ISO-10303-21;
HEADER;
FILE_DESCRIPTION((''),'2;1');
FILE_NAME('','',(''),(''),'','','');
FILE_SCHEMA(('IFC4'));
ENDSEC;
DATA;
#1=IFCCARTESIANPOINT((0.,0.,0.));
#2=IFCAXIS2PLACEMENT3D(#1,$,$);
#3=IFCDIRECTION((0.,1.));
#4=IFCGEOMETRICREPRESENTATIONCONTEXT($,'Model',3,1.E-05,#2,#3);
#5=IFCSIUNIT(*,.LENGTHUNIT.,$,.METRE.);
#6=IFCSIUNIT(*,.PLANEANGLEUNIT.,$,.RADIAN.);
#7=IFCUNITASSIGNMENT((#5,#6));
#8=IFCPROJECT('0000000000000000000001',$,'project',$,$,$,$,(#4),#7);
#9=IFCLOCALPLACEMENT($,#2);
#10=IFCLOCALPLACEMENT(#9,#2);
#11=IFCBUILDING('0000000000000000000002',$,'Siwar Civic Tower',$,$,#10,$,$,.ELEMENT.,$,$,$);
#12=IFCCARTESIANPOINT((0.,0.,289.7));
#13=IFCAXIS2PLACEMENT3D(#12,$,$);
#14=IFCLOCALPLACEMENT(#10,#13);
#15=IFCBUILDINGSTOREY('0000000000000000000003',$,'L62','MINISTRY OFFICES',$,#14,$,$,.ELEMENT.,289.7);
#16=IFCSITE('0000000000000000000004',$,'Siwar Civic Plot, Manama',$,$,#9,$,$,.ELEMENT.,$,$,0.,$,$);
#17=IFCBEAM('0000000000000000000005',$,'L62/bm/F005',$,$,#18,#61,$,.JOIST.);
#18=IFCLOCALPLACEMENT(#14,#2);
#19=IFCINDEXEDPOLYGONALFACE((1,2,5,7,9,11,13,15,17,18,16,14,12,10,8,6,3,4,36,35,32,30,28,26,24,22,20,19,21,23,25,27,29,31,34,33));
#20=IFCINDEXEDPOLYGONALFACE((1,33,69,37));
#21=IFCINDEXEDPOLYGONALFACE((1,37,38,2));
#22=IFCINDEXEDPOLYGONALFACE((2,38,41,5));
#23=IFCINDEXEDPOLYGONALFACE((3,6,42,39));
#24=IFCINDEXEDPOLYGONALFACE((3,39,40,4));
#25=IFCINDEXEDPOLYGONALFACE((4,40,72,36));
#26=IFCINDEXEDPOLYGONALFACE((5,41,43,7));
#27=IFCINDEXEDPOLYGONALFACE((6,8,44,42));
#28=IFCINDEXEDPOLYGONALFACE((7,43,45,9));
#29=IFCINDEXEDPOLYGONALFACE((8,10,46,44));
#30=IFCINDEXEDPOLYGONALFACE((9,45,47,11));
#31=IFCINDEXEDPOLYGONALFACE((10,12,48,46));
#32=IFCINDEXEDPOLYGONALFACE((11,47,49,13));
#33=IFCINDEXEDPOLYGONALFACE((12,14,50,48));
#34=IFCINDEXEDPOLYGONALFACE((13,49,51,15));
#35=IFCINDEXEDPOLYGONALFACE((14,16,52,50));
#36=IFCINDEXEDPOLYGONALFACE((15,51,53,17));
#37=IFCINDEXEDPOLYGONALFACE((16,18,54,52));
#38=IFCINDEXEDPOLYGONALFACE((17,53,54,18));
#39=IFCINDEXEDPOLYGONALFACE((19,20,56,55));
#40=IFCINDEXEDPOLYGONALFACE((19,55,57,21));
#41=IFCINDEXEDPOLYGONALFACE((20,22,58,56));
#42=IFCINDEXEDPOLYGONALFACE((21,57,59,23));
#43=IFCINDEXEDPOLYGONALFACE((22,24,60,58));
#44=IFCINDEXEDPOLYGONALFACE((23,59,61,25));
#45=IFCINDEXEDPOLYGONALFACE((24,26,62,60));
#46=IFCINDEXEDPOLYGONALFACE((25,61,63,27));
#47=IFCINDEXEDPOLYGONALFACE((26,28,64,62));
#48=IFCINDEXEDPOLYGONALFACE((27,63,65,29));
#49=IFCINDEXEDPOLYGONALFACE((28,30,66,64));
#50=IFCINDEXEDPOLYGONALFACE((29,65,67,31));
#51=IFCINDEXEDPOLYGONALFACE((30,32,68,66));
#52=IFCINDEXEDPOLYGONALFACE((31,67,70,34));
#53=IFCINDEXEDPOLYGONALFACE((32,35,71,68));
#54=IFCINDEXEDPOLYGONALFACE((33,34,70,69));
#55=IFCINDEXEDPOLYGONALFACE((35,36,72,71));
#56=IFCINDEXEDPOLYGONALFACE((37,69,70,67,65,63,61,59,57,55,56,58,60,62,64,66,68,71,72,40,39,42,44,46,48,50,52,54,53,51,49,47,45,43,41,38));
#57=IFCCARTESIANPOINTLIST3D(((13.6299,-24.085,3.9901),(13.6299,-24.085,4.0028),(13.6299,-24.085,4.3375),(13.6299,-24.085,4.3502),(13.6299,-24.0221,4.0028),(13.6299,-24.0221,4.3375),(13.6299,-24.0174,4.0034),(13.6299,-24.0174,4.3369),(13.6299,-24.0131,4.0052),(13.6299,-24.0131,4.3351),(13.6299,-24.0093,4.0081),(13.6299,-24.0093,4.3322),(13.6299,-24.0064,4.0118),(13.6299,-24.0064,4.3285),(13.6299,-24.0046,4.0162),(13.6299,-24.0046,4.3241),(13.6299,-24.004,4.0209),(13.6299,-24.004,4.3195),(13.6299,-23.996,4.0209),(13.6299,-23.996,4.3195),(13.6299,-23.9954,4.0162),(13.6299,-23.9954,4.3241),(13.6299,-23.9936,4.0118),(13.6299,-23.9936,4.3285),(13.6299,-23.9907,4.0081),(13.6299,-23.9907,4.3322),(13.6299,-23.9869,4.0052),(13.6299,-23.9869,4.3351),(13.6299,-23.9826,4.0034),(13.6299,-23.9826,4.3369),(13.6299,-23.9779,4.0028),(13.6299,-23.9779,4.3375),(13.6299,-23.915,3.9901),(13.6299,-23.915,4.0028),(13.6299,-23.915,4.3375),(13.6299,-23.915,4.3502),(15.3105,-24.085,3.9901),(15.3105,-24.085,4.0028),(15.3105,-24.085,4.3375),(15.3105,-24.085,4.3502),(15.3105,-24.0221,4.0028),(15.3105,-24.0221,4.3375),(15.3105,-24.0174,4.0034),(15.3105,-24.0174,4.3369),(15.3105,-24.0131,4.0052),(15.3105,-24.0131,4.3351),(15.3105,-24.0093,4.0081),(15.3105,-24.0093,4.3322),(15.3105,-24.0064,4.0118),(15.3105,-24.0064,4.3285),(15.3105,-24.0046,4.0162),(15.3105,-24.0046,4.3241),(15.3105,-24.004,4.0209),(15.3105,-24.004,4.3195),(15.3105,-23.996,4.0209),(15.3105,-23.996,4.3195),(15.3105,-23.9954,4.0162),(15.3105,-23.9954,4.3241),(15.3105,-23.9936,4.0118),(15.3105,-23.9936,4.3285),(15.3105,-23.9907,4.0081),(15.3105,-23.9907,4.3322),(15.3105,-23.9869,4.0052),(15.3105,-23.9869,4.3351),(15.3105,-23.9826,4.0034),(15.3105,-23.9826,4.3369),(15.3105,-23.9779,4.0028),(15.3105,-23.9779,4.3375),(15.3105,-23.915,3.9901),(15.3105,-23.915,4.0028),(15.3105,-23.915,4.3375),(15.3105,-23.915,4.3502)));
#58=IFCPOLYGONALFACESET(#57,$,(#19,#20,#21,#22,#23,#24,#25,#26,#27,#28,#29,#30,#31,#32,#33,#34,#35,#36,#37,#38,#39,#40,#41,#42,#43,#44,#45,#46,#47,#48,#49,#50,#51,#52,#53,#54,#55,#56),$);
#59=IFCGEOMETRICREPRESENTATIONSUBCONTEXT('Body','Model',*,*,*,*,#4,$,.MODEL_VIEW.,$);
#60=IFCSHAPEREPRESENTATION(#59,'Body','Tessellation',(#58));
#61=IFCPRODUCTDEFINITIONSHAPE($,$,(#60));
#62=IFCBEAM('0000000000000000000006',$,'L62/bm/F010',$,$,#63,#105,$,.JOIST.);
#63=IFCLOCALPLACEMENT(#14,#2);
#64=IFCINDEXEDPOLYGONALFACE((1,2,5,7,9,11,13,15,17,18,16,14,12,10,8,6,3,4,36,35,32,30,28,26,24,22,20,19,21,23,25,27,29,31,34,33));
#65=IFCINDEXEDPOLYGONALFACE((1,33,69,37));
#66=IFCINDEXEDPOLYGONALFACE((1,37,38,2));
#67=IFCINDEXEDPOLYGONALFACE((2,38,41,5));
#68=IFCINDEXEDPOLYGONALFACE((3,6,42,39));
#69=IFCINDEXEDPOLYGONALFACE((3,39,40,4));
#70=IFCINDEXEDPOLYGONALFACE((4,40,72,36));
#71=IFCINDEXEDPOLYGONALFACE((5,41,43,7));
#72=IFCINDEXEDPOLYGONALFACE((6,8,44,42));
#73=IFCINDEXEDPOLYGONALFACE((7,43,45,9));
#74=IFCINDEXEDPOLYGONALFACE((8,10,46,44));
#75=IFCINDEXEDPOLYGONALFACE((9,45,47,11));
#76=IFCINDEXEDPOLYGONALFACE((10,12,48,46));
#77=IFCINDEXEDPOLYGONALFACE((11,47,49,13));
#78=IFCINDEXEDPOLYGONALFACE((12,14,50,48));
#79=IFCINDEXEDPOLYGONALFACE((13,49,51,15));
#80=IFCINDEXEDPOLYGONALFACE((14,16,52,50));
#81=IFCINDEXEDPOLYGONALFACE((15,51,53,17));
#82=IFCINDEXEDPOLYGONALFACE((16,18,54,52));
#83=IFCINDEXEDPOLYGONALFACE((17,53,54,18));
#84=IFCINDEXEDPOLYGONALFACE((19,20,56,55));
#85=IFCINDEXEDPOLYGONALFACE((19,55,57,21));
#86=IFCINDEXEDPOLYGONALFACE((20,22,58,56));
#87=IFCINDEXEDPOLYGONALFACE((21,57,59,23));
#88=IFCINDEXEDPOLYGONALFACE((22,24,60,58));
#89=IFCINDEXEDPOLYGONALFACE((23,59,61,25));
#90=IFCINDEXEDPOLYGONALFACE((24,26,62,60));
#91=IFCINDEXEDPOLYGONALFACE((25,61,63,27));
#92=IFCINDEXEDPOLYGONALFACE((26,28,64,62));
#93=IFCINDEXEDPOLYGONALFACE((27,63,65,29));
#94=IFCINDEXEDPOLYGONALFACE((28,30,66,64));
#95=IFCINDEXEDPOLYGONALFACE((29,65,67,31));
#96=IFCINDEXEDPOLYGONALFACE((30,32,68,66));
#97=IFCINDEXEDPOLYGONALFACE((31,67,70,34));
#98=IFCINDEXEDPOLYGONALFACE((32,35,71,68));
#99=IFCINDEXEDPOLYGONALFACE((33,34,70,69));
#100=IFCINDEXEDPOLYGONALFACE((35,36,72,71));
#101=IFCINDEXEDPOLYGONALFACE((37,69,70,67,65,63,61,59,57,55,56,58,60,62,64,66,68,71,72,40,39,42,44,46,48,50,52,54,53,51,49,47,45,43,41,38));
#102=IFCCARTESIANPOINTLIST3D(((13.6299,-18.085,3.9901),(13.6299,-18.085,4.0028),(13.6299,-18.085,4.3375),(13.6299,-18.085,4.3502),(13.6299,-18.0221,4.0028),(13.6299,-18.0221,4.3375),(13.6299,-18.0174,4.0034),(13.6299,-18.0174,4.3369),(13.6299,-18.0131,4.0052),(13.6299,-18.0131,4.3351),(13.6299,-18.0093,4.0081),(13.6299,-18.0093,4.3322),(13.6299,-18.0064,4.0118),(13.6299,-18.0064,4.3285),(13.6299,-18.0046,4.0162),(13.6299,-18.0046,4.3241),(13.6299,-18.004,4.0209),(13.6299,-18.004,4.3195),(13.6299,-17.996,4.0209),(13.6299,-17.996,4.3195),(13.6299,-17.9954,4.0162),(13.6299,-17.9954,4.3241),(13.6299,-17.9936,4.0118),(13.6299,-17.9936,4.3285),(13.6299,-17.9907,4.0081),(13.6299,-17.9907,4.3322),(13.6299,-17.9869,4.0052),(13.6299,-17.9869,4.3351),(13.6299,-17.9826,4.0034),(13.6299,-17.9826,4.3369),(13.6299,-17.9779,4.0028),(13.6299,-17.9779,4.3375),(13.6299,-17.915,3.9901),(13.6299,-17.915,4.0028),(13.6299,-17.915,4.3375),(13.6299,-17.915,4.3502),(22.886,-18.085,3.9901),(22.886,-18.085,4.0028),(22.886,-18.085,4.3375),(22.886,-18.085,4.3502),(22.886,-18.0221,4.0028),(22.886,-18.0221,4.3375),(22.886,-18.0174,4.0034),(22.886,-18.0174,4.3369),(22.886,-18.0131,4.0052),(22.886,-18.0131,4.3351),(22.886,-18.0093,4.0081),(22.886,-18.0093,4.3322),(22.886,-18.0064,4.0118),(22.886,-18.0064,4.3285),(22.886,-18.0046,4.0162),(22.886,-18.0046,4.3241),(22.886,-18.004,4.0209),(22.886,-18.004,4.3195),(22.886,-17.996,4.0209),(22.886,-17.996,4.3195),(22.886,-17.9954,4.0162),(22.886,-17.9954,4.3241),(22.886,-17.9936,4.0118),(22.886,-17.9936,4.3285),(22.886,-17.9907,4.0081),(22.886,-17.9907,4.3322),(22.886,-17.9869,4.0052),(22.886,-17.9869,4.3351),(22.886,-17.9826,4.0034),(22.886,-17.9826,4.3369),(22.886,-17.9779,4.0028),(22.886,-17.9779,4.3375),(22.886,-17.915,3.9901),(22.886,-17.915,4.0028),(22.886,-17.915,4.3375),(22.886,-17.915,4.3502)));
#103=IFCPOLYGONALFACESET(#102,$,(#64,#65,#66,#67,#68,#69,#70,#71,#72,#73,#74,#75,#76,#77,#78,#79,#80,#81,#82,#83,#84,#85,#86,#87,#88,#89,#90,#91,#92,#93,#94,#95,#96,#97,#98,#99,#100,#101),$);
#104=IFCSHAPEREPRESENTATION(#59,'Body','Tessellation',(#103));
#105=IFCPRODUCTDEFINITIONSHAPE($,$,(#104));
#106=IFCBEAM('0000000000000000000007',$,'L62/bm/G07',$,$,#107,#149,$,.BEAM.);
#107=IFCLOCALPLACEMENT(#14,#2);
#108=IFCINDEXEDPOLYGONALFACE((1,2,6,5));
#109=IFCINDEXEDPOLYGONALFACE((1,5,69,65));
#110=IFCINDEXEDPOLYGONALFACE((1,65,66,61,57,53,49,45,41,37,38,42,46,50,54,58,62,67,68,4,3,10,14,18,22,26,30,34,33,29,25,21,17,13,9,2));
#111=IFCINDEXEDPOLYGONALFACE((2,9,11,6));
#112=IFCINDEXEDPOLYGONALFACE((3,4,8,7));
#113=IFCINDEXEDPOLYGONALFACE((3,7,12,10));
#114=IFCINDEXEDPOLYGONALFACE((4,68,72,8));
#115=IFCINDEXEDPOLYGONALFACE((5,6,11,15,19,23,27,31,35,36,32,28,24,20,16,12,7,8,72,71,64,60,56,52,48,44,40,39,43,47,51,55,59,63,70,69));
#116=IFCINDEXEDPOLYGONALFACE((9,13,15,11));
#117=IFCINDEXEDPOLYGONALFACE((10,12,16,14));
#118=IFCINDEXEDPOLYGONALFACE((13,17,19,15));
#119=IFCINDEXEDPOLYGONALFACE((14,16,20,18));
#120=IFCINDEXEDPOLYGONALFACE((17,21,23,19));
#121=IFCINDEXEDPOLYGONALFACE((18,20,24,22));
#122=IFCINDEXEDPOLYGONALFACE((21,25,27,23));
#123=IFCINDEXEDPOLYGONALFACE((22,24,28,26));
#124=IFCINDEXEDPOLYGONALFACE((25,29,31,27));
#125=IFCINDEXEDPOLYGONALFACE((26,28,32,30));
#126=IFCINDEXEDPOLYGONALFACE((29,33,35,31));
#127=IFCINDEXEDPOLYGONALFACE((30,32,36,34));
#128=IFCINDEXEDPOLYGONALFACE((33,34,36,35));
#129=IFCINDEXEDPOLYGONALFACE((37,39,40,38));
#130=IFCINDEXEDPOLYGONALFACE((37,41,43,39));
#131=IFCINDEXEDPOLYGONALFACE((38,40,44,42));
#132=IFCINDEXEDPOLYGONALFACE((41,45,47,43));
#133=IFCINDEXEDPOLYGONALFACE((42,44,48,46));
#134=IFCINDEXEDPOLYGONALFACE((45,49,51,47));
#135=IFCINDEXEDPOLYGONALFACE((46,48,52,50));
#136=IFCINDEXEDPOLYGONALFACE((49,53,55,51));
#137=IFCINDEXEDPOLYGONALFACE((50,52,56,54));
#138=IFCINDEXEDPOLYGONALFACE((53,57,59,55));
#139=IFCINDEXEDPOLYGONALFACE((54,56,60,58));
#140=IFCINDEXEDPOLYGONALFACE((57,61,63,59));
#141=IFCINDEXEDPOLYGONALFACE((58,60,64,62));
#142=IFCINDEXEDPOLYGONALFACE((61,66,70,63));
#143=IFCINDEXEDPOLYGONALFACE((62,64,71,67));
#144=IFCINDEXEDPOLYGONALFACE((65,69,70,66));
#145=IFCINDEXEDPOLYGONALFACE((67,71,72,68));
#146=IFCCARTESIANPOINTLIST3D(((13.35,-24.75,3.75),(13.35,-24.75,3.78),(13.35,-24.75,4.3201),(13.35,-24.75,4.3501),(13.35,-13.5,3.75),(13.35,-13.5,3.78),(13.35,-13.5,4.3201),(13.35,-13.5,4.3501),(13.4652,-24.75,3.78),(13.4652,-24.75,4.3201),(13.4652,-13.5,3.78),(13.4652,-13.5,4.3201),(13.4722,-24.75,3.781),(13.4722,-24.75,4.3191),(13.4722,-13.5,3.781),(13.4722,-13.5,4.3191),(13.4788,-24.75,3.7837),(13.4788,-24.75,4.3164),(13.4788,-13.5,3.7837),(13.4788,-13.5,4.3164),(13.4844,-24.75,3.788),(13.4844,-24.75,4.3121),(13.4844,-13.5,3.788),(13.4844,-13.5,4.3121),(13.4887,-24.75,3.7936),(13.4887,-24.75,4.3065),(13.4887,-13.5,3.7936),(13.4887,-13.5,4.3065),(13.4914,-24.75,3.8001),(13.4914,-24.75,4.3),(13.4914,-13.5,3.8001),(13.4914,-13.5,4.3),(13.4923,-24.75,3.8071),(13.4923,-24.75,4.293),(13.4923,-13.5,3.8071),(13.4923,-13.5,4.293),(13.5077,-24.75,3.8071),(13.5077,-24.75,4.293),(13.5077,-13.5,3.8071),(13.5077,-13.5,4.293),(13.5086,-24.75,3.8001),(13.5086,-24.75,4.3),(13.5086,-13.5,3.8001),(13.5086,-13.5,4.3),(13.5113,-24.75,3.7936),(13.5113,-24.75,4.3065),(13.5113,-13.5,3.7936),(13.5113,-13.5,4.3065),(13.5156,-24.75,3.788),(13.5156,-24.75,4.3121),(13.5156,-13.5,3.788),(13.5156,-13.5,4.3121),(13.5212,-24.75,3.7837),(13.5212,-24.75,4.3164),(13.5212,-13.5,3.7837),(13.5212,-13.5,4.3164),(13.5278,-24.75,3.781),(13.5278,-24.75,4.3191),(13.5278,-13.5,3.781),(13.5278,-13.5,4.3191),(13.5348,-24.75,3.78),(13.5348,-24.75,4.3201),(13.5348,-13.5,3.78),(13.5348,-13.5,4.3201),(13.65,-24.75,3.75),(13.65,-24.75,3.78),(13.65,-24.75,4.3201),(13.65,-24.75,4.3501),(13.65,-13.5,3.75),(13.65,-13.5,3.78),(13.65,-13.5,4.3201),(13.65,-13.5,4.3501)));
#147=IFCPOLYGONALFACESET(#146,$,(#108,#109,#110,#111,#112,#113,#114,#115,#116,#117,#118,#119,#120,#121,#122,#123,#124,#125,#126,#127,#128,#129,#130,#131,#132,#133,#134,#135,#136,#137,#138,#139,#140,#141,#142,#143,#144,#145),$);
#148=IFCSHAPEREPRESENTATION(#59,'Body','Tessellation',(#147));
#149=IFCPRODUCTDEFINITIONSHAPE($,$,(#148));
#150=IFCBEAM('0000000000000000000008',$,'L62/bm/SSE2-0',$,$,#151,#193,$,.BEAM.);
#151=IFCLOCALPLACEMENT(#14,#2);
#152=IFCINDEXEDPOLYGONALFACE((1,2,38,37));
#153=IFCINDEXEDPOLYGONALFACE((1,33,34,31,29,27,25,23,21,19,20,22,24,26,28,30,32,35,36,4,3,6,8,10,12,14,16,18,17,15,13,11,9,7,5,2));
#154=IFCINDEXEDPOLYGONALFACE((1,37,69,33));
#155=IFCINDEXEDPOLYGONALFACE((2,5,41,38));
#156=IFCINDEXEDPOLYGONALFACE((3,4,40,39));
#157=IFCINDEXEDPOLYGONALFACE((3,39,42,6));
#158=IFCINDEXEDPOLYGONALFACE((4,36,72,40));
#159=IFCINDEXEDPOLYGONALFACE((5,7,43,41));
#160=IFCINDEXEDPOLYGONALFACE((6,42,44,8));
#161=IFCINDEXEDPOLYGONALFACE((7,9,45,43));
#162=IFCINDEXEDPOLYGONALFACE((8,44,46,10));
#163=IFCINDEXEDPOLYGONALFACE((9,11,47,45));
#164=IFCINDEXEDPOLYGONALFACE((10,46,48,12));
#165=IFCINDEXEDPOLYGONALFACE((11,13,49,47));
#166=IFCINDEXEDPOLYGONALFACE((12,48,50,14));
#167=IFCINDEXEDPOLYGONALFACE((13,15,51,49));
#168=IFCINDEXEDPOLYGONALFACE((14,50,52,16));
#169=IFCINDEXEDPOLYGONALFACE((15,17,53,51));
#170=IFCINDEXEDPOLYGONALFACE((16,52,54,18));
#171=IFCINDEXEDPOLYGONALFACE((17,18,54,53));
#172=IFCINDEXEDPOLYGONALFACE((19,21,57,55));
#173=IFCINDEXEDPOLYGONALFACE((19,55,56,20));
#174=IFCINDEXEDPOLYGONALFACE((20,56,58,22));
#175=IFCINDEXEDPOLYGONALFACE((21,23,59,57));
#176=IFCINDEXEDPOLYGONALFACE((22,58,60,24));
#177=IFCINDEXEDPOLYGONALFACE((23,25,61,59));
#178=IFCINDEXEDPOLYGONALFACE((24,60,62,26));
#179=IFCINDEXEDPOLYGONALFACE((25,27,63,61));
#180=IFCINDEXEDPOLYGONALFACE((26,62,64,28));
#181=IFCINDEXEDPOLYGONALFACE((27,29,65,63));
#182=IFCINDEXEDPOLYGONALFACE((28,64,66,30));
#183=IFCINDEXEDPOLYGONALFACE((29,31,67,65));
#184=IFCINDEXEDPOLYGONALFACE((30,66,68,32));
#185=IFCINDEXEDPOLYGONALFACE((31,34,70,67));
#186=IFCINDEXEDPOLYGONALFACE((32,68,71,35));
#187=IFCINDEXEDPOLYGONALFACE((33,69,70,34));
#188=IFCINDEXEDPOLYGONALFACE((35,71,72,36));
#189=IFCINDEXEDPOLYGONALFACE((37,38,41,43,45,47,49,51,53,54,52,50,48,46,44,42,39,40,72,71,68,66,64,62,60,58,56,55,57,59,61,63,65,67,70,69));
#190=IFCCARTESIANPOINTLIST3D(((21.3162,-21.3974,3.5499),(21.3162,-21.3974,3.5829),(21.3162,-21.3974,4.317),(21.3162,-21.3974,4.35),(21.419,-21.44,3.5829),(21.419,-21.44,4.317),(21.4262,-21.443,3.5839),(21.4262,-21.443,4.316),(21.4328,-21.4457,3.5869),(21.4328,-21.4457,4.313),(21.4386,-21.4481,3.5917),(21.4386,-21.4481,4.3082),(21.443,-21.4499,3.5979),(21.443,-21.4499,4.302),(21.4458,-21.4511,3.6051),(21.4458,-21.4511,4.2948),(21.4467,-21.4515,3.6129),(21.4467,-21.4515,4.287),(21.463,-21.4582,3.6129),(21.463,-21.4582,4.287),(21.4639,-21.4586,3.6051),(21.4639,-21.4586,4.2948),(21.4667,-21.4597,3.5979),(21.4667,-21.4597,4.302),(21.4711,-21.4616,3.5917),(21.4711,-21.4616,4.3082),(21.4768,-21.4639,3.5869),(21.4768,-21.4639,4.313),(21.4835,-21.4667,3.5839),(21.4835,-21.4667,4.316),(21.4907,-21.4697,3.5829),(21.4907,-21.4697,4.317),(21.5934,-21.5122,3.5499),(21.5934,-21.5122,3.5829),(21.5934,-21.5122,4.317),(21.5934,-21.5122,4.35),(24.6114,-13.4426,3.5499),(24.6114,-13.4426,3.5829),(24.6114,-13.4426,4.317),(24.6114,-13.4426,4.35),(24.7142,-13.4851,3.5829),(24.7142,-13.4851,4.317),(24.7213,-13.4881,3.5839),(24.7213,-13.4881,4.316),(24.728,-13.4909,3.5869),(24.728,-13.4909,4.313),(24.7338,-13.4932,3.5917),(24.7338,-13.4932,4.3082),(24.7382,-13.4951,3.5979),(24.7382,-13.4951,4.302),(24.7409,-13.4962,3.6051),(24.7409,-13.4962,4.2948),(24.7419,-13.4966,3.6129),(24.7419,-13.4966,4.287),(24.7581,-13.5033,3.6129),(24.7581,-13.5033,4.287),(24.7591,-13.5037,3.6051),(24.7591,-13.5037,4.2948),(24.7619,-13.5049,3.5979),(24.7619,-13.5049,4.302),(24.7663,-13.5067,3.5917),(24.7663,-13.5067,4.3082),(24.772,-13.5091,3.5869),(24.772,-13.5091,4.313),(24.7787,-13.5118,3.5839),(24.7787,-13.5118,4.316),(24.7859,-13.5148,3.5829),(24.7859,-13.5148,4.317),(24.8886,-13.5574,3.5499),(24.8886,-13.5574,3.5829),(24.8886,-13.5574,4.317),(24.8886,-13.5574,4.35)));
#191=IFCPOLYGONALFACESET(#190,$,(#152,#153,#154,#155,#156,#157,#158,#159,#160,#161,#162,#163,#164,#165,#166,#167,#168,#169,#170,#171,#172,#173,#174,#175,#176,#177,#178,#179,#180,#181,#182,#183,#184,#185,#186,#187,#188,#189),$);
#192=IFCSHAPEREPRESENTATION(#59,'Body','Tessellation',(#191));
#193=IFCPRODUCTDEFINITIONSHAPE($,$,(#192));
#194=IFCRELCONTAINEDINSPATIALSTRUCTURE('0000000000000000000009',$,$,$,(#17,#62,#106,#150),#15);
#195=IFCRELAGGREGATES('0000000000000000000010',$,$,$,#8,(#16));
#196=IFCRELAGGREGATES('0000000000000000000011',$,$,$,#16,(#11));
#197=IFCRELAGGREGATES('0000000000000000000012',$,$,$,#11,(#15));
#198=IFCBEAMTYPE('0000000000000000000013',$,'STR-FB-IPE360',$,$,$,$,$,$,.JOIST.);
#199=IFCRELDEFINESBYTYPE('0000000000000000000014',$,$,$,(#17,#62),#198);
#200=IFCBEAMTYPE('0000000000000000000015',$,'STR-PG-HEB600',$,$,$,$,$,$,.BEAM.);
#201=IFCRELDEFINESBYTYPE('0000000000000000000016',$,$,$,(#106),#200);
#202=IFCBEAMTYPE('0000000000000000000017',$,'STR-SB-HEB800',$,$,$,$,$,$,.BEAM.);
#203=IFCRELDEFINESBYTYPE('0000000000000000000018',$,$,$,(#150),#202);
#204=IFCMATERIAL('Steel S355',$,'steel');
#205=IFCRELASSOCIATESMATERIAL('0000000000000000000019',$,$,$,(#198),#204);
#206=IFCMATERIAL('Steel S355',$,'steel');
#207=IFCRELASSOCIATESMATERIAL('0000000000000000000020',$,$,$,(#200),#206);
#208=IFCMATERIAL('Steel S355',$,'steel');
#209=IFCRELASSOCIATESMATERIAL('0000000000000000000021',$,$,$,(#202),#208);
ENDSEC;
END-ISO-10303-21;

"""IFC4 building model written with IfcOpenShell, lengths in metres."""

from ifc_helpers import new_model, si_unit, direction, frame, origin, origin_2d, place, context, subcontext, project, spatial, i_section, extrude, material, material_profile, profile_set, type_object, element, save


model = new_model("IFC4")

# Units and contexts
model_context = context("Model", 3, precision=1e-05, world=origin(), true_north=direction((0.0, 1.0)))
body_context = subcontext(model_context, "Body", "Model", "MODEL_VIEW")
ifc_project = project(units=[si_unit("LENGTHUNIT", "METRE"), si_unit("PLANEANGLEUNIT", "RADIAN")], contexts=[model_context])

# Site, building, storey
site_placement = place(None, origin())
site = spatial("IfcSite", under=ifc_project, at=site_placement, Name="Siwar Civic Plot, Manama", CompositionType="ELEMENT", RefElevation=0.0)
building_placement = place(site_placement, origin())
building = spatial("IfcBuilding", under=site, at=building_placement, Name="Siwar Civic Tower", CompositionType="ELEMENT")
storey_placement = place(building_placement, frame((0.0, 0.0, 289.7)))
storey = spatial("IfcBuildingStorey", under=building, at=storey_placement, Name="L62", Description="MINISTRY OFFICES", CompositionType="ELEMENT", Elevation=289.7)

# Beams
ifc_material_1 = material(Name="Steel S355", Category="steel")
ifc_material_profile_1 = material_profile(ifc_material_1, i_section(OverallWidth=0.1699, OverallDepth=0.3601, WebThickness=0.0081, FlangeThickness=0.0127, FilletRadius=0.0181, at=origin_2d()), Name="IPE360")
ifc_profile_set_1 = profile_set([ifc_material_profile_1], Name="Steel S355")
beam_type_1 = type_object("IfcBeamType", Name="STR-FB-IPE360", PredefinedType="JOIST", material=ifc_profile_set_1)
beam_1_placement = place(storey_placement, frame((13.6299, -24.0, 4.1702), z_axis=(1.0, 0.0, 0.0), x_axis=(0.0, 1.0, 0.0)))
element("IfcBeam", 1, at=beam_1_placement, inside=storey, type_object=beam_type_1, Name="L62/bm/F005", PredefinedType="JOIST", context=body_context, shape_type="SweptSolid", body=[
    extrude(i_section(OverallWidth=0.1699, OverallDepth=0.3601, WebThickness=0.0081, FlangeThickness=0.0127, FilletRadius=0.0181, at=origin_2d()), origin(), (0.0, 0.0, 1.0), 1.6807),
])
beam_2_placement = place(storey_placement, frame((13.6299, -18.0, 4.1702), z_axis=(1.0, 0.0, 0.0), x_axis=(0.0, 1.0, 0.0)))
element("IfcBeam", 2, at=beam_2_placement, inside=storey, type_object=beam_type_1, Name="L62/bm/F010", PredefinedType="JOIST", context=body_context, shape_type="SweptSolid", body=[
    extrude(i_section(OverallWidth=0.1699, OverallDepth=0.3601, WebThickness=0.0081, FlangeThickness=0.0127, FilletRadius=0.0181, at=origin_2d()), origin(), (0.0, 0.0, 1.0), 9.2561),
])
ifc_material_2 = material(Name="Steel S355", Category="steel")
ifc_material_profile_2 = material_profile(ifc_material_2, i_section(OverallWidth=0.3, OverallDepth=0.6001, WebThickness=0.0154, FlangeThickness=0.03, FilletRadius=0.0271, at=origin_2d()), Name="HEB600")
ifc_profile_set_2 = profile_set([ifc_material_profile_2], Name="Steel S355")
beam_type_2 = type_object("IfcBeamType", Name="STR-PG-HEB600", PredefinedType="BEAM", material=ifc_profile_set_2)
beam_3_placement = place(storey_placement, frame((13.5, -24.75, 4.05), z_axis=(0.0, 1.0, 0.0), x_axis=(-1.0, 0.0, 0.0)))
element("IfcBeam", 3, at=beam_3_placement, inside=storey, type_object=beam_type_2, Name="L62/bm/G07", PredefinedType="BEAM", context=body_context, shape_type="SweptSolid", body=[
    extrude(i_section(OverallWidth=0.3, OverallDepth=0.6001, WebThickness=0.0154, FlangeThickness=0.03, FilletRadius=0.0271, at=origin_2d()), origin(), (0.0, 0.0, 1.0), 11.25),
])
ifc_material_3 = material(Name="Steel S355", Category="steel")
ifc_material_profile_3 = material_profile(ifc_material_3, i_section(OverallWidth=0.3, OverallDepth=0.8, WebThickness=0.0176, FlangeThickness=0.033, FilletRadius=0.03, at=origin_2d()), Name="HEB800")
ifc_profile_set_3 = profile_set([ifc_material_profile_3], Name="Steel S355")
beam_type_3 = type_object("IfcBeamType", Name="STR-SB-HEB800", PredefinedType="BEAM", material=ifc_profile_set_3)
beam_4_placement = place(storey_placement, frame((21.4548, -21.4548, 3.95), z_axis=(0.3827, 0.923873, 0.0), x_axis=(-0.923873, 0.3827, 0.0)))
element("IfcBeam", 4, at=beam_4_placement, inside=storey, type_object=beam_type_3, Name="L62/bm/SSE2-0", PredefinedType="BEAM", context=body_context, shape_type="SweptSolid", body=[
    extrude(i_section(OverallWidth=0.3, OverallDepth=0.8, WebThickness=0.0176, FlangeThickness=0.033, FilletRadius=0.03, at=origin_2d()), origin(), (0.0, 0.0, 1.0), 8.6104),
])

save(model, "model.ifc")
